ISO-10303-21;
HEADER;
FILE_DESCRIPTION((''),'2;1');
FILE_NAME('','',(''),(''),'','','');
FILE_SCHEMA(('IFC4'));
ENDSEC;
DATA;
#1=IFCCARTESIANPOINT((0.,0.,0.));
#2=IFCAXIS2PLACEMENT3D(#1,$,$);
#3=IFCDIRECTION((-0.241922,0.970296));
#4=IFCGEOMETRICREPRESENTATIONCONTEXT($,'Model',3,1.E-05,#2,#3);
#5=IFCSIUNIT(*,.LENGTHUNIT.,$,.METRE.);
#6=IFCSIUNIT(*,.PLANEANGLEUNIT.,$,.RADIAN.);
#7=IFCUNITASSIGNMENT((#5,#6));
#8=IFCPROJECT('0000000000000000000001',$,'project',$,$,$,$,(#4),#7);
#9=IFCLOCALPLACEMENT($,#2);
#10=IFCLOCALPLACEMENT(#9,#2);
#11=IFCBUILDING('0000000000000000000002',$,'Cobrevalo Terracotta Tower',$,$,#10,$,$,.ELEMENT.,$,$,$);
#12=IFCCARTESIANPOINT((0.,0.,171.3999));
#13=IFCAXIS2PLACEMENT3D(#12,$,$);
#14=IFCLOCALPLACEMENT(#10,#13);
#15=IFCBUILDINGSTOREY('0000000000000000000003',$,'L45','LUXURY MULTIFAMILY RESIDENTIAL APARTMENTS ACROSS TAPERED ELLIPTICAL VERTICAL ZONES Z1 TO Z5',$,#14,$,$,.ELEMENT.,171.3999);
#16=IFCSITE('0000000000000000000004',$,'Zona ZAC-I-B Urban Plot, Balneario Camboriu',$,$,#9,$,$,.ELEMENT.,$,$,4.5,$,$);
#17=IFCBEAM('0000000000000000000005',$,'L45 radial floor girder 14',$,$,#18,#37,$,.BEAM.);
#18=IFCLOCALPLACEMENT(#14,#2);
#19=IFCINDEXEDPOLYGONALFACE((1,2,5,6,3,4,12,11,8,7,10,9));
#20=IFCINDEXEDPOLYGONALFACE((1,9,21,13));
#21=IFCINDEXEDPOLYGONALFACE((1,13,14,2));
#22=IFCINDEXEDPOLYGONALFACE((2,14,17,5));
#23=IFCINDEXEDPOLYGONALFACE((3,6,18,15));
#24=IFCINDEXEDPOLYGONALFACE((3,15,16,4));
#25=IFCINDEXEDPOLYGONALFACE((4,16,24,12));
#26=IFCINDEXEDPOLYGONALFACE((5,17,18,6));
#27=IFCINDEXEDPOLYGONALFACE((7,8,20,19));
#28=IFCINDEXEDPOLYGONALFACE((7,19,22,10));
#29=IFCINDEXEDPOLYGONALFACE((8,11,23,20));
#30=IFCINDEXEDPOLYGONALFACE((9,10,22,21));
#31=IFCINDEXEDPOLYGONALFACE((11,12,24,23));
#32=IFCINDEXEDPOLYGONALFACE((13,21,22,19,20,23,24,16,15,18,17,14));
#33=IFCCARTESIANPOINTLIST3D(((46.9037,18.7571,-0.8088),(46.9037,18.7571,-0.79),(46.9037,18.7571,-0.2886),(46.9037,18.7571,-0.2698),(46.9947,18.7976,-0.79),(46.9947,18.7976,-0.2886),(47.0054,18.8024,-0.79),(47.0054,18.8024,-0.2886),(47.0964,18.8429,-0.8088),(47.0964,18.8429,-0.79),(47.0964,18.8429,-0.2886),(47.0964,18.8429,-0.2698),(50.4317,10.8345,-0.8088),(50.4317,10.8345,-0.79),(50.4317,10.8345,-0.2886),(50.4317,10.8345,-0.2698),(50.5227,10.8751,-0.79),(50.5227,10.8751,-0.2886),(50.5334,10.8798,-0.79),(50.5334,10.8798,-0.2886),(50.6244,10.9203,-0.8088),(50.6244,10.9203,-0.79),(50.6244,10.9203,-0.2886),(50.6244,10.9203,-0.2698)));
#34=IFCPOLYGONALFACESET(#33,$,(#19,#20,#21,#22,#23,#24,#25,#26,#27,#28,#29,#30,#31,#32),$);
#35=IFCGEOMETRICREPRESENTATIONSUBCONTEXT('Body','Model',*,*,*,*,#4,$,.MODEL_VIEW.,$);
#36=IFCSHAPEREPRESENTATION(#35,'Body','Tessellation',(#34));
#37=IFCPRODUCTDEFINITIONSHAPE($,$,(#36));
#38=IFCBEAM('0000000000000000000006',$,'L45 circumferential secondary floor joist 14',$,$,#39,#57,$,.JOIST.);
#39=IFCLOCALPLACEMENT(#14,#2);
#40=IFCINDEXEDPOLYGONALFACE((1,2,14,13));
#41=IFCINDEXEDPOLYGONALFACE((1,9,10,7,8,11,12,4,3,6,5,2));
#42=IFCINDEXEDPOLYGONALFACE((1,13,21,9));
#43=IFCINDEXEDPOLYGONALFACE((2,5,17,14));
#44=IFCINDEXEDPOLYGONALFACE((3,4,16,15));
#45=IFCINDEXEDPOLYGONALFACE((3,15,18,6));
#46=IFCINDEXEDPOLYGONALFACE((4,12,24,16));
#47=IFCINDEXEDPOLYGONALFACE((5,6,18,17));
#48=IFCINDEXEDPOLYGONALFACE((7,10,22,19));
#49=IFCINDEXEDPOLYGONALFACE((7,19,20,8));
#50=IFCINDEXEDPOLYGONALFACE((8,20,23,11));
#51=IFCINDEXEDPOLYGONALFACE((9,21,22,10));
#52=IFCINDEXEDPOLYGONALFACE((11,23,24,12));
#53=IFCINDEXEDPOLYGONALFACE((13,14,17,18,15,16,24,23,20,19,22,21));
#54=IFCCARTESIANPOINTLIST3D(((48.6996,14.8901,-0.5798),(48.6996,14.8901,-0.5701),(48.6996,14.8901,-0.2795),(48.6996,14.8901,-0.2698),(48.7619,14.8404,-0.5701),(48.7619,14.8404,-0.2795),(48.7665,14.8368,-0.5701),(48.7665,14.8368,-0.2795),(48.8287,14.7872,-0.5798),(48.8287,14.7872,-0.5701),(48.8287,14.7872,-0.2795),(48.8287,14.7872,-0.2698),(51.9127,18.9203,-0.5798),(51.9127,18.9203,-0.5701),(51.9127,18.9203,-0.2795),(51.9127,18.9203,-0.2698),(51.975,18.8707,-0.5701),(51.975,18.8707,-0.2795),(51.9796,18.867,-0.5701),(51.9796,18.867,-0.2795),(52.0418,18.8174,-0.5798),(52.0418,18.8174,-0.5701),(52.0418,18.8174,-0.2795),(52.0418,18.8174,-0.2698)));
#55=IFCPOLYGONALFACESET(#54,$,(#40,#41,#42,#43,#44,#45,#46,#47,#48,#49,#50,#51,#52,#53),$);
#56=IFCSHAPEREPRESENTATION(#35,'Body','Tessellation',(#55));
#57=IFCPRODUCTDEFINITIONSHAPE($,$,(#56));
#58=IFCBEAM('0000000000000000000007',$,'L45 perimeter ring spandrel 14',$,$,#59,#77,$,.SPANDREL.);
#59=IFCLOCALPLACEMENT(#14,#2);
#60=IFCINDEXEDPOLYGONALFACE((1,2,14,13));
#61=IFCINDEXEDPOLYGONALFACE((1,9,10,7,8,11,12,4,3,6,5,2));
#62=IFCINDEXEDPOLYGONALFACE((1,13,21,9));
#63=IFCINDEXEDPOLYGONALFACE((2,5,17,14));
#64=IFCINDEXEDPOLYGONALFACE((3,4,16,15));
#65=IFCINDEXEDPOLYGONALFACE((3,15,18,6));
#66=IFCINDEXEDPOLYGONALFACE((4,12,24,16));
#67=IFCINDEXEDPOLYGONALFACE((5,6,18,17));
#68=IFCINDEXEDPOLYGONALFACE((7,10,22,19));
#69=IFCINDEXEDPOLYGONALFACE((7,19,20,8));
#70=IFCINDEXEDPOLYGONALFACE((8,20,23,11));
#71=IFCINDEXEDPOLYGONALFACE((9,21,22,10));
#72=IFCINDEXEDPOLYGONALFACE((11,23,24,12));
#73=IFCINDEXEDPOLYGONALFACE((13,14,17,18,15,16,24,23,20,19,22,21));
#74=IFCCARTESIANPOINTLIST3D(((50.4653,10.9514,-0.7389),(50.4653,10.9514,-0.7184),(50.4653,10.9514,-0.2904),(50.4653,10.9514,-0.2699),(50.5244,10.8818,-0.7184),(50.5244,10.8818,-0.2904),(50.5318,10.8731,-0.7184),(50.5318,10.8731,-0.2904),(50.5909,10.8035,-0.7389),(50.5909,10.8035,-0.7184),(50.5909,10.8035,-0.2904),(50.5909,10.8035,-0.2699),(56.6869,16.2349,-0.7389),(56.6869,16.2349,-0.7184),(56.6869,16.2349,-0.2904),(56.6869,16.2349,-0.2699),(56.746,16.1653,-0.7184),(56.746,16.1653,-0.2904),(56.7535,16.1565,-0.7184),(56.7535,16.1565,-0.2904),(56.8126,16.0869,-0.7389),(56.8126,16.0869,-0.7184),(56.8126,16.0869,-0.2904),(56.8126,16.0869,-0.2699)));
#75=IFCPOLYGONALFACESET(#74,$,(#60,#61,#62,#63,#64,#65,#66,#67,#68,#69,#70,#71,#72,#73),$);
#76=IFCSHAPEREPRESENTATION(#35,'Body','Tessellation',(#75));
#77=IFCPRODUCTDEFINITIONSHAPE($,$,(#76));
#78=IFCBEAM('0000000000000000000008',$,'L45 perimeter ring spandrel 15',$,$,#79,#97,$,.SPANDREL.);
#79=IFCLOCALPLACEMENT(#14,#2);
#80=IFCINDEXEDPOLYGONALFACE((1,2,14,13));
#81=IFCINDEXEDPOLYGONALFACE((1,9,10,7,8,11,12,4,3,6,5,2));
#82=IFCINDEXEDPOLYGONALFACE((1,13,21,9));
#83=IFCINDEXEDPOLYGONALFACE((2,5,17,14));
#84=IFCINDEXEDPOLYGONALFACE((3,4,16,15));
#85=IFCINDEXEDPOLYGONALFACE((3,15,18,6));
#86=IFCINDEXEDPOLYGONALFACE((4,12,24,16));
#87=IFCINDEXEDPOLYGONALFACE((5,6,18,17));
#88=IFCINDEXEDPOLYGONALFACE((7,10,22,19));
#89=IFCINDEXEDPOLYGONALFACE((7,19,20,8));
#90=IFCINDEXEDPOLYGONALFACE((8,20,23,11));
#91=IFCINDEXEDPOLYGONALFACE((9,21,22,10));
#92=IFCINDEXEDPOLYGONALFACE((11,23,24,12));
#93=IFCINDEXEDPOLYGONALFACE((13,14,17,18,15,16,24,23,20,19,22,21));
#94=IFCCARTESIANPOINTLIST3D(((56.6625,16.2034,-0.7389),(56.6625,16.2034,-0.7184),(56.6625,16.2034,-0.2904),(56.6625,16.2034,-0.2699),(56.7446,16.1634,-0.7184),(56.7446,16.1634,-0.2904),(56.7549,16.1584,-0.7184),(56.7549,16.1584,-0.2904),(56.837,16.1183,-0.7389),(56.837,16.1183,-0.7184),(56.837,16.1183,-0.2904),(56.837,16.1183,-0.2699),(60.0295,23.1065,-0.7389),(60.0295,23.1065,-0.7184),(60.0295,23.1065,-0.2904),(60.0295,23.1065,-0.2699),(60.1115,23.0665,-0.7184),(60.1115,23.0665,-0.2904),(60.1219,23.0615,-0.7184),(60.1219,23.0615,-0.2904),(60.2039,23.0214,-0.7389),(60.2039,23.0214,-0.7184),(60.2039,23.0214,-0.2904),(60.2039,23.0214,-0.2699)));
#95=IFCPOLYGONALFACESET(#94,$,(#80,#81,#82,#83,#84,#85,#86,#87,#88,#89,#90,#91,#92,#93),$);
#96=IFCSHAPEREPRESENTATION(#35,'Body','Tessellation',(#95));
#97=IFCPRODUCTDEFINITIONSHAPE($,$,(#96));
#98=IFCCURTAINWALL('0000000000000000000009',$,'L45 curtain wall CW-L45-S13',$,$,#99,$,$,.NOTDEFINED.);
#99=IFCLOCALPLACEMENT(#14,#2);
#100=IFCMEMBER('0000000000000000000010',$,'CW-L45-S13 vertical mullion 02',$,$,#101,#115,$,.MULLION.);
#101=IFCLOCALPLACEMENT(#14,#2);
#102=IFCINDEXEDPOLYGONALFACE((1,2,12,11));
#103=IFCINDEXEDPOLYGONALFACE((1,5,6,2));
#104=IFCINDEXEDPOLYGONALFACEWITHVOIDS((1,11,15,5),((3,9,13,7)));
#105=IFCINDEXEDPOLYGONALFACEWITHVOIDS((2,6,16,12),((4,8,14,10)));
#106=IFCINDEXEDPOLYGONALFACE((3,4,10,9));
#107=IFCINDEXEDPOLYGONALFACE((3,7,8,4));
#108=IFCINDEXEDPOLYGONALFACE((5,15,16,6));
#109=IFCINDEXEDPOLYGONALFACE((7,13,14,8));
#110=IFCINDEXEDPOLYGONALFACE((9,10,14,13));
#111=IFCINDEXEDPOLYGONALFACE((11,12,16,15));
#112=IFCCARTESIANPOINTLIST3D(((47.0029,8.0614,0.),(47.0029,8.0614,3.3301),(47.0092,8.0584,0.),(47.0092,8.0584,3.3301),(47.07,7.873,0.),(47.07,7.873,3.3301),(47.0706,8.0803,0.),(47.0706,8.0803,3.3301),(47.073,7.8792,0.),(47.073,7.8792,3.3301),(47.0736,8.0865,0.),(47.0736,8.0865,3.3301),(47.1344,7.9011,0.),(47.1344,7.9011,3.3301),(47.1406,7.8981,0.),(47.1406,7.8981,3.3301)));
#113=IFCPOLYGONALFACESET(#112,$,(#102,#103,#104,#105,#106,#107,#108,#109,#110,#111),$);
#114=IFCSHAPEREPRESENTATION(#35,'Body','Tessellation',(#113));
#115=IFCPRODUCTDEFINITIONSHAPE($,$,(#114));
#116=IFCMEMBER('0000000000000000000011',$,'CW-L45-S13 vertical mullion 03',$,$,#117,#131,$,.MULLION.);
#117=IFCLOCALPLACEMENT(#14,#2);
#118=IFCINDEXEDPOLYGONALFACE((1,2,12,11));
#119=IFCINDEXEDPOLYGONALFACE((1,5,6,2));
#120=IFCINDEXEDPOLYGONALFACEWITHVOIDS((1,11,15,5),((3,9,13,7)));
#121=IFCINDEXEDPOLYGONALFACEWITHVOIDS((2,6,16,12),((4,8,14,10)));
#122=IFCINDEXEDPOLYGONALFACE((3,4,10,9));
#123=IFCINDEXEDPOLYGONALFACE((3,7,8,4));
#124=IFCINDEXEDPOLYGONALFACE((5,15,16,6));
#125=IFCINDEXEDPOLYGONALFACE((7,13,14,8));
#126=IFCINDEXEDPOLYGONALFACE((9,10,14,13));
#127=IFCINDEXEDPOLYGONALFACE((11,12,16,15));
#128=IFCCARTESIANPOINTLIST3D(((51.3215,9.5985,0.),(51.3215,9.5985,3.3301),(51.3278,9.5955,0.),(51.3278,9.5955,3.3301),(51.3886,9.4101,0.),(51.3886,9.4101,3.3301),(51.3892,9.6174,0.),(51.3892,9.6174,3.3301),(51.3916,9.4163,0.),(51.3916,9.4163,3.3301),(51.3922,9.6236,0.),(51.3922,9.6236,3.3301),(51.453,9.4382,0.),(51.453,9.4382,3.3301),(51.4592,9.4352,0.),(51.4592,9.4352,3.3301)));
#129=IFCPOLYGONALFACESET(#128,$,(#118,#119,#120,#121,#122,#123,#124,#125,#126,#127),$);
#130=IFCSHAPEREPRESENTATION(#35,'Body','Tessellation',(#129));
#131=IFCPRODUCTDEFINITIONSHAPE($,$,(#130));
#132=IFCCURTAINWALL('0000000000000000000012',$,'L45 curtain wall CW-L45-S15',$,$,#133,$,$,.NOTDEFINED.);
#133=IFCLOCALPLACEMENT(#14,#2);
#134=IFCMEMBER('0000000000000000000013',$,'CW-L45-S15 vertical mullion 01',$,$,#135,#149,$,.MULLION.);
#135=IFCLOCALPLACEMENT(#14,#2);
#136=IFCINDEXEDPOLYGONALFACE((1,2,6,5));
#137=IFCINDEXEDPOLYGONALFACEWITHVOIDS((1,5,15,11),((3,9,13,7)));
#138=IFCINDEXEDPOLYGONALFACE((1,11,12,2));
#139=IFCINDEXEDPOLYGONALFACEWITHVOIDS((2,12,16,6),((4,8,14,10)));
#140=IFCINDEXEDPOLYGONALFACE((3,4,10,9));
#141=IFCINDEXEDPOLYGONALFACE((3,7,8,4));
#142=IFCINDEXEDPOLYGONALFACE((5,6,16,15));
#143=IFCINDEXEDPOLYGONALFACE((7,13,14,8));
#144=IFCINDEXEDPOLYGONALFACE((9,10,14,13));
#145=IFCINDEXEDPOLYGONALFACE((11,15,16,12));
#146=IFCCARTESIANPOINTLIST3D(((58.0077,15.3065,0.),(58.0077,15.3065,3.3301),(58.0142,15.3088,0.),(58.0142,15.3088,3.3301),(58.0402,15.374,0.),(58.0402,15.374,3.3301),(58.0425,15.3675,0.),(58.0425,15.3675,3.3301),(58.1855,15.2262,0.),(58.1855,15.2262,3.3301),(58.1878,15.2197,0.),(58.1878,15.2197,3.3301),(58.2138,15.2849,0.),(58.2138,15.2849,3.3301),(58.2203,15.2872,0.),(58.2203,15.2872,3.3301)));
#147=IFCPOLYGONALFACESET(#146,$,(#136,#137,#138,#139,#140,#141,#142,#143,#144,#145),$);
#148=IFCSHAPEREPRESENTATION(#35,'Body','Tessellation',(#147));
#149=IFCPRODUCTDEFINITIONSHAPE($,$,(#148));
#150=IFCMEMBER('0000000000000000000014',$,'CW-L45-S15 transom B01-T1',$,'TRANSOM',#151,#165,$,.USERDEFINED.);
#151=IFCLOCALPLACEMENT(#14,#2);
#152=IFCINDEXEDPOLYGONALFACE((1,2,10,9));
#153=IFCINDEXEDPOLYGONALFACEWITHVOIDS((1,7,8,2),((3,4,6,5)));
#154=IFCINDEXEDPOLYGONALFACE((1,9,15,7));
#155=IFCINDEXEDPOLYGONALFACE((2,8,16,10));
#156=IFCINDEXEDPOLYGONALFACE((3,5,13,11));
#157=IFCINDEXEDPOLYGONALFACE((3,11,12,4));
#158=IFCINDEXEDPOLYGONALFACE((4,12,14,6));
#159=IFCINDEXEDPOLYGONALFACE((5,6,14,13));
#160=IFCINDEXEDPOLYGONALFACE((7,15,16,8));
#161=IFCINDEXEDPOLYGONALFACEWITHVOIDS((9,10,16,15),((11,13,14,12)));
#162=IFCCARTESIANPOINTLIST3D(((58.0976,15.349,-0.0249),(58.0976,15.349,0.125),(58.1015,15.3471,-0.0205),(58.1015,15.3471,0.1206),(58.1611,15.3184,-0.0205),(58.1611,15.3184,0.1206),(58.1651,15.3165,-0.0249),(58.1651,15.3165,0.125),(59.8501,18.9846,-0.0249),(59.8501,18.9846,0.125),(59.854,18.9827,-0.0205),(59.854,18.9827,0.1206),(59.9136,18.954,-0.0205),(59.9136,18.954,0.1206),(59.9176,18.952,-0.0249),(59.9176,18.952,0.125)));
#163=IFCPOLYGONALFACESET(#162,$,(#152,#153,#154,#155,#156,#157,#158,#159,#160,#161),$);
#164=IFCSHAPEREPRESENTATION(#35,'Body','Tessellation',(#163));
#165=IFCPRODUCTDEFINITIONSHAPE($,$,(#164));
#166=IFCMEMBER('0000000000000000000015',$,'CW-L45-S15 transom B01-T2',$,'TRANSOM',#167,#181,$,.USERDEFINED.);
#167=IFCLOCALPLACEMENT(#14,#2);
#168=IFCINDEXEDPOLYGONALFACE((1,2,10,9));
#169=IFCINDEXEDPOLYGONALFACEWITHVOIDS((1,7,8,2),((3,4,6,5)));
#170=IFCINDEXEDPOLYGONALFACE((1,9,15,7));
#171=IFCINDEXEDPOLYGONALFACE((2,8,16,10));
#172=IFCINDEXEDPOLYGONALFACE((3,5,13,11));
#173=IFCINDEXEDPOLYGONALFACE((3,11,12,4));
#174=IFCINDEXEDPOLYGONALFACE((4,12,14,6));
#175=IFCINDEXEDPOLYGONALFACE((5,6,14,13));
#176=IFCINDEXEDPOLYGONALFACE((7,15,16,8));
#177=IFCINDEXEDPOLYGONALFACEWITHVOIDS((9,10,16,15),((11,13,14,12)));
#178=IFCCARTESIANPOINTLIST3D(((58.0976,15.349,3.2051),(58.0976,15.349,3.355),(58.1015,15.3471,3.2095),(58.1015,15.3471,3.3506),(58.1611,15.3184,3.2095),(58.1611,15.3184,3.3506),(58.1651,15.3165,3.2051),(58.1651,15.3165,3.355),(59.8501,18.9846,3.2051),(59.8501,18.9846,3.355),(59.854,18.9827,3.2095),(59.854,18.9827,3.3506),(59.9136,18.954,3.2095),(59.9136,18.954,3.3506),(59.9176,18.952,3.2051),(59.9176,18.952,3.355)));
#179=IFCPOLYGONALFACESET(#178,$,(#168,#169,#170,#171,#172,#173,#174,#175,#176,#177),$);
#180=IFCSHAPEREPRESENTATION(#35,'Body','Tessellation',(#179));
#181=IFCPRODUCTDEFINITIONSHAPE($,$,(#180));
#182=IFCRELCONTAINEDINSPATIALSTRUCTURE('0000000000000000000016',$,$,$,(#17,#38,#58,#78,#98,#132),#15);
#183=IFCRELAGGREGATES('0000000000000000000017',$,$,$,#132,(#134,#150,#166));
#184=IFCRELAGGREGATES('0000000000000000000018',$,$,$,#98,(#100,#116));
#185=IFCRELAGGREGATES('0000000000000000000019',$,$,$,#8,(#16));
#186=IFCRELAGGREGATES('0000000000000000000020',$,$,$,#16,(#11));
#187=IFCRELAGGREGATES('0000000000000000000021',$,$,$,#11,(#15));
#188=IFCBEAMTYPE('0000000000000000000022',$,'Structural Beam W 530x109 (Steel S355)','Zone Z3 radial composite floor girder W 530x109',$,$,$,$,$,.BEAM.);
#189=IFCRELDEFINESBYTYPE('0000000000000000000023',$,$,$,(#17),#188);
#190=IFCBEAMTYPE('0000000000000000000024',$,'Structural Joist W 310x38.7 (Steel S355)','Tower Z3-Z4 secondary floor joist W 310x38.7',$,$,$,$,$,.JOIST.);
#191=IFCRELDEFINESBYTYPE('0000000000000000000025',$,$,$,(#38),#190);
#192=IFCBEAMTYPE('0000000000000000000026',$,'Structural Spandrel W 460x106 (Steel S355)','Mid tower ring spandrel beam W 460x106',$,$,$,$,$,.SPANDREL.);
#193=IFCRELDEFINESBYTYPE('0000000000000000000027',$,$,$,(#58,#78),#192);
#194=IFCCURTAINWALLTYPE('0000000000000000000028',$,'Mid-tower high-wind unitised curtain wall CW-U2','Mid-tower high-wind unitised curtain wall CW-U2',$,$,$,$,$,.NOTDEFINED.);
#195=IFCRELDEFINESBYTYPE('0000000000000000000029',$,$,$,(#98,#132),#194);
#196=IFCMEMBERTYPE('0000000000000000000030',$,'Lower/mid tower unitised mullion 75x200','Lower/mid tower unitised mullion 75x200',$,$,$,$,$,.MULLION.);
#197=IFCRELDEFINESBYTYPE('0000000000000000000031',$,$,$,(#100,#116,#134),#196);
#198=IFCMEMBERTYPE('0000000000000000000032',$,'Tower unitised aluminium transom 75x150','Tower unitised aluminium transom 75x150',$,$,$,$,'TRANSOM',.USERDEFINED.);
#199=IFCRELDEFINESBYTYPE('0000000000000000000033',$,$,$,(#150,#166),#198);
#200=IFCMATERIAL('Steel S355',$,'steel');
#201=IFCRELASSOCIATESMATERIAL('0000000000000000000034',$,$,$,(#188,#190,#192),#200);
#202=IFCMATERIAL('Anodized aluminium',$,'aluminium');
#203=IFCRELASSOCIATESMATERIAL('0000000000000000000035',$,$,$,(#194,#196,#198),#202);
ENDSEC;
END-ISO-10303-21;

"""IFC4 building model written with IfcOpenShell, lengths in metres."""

from ifc_helpers import new_model, si_unit, direction, frame, origin, origin_2d, place, context, subcontext, project, spatial, hollow_rectangle, i_section, extrude, source, transform, mapped, material, material_profile, profile_set, type_object, element, aggregate, save


model = new_model("IFC4")

# Units and contexts
model_context = context("Model", 3, precision=1e-05, world=origin(), true_north=direction((-0.241922, 0.970296)))
body_context = subcontext(model_context, "Body", "Model", "MODEL_VIEW")
ifc_project = project(units=[si_unit("LENGTHUNIT", "METRE"), si_unit("PLANEANGLEUNIT", "RADIAN")], contexts=[model_context])

# Site, building, storey
site_placement = place(None, origin())
site = spatial("IfcSite", under=ifc_project, at=site_placement, Name="Zona ZAC-I-B Urban Plot, Balneario Camboriu", CompositionType="ELEMENT", RefElevation=4.5)
building_placement = place(site_placement, origin())
building = spatial("IfcBuilding", under=site, at=building_placement, Name="Cobrevalo Terracotta Tower", CompositionType="ELEMENT")
storey_placement = place(building_placement, frame((0.0, 0.0, 171.3999)))
storey = spatial("IfcBuildingStorey", under=building, at=storey_placement, Name="L45", Description="LUXURY MULTIFAMILY RESIDENTIAL APARTMENTS ACROSS TAPERED ELLIPTICAL VERTICAL ZONES Z1 TO Z5", CompositionType="ELEMENT", Elevation=171.3999)

# Shared definitions
ifc_material_1 = material(Name="Steel S355", Category="steel")

# Beams
ifc_material_profile_1 = material_profile(ifc_material_1, i_section(OverallWidth=0.2109, OverallDepth=0.5391, WebThickness=0.0117, FlangeThickness=0.0188, at=origin_2d()), Name="W 530x109")
ifc_profile_set_1 = profile_set([ifc_material_profile_1], Name="Steel S355")
beam_type_1 = type_object("IfcBeamType", Name="Structural Beam W 530x109 (Steel S355)", Description="Zone Z3 radial composite floor girder W 530x109", PredefinedType="BEAM", material=ifc_profile_set_1)
beam_1_placement = place(storey_placement, frame((50.5281, 10.8774, -0.5393), z_axis=(-0.406804, 0.913515, 0.0), x_axis=(-0.913515, -0.406804, 0.0)))
element("IfcBeam", 1, at=beam_1_placement, inside=storey, type_object=beam_type_1, Name="L45 radial floor girder 14", PredefinedType="BEAM", context=body_context, shape_type="SweptSolid", body=[
    extrude(i_section(OverallWidth=0.2109, OverallDepth=0.5391, WebThickness=0.0117, FlangeThickness=0.0188, at=origin_2d()), origin(), (0.0, 0.0, 1.0), 8.6726),
])
ifc_material_profile_2 = material_profile(ifc_material_1, i_section(OverallWidth=0.165, OverallDepth=0.3101, WebThickness=0.0059, FlangeThickness=0.0098, at=origin_2d()), Name="W 310x38.7")
ifc_profile_set_2 = profile_set([ifc_material_profile_2], Name="Steel S355")
beam_type_2 = type_object("IfcBeamType", Name="Structural Joist W 310x38.7 (Steel S355)", Description="Tower Z3-Z4 secondary floor joist W 310x38.7", PredefinedType="JOIST", material=ifc_profile_set_2)
beam_2_placement = place(storey_placement, frame((48.7642, 14.8386, -0.4248), z_axis=(0.623383, 0.781917, 0.0), x_axis=(-0.781917, 0.623383, 0.0)))
element("IfcBeam", 2, at=beam_2_placement, inside=storey, type_object=beam_type_2, Name="L45 circumferential secondary floor joist 14", PredefinedType="JOIST", context=body_context, shape_type="SweptSolid", body=[
    extrude(i_section(OverallWidth=0.165, OverallDepth=0.3101, WebThickness=0.0059, FlangeThickness=0.0098, at=origin_2d()), origin(), (0.0, 0.0, 1.0), 5.1543),
])
ifc_material_profile_3 = material_profile(ifc_material_1, i_section(OverallWidth=0.1941, OverallDepth=0.469, WebThickness=0.0115, FlangeThickness=0.0205, at=origin_2d()), Name="W 460x106")
ifc_profile_set_3 = profile_set([ifc_material_profile_3], Name="Steel S355")
beam_type_3 = type_object("IfcBeamType", Name="Structural Spandrel W 460x106 (Steel S355)", Description="Mid tower ring spandrel beam W 460x106", PredefinedType="SPANDREL", material=ifc_profile_set_3)
beam_3_placement = place(storey_placement, frame((50.5281, 10.8774, -0.5044), z_axis=(0.76224, 0.647294, 0.0), x_axis=(-0.647294, 0.76224, 0.0)))
element("IfcBeam", 3, at=beam_3_placement, inside=storey, type_object=beam_type_3, Name="L45 perimeter ring spandrel 14", PredefinedType="SPANDREL", context=body_context, shape_type="SweptSolid", body=[
    extrude(i_section(OverallWidth=0.1941, OverallDepth=0.469, WebThickness=0.0115, FlangeThickness=0.0205, at=origin_2d()), origin(), (0.0, 0.0, 1.0), 8.1624),
])
beam_4_placement = place(storey_placement, frame((56.7498, 16.1609, -0.5044), z_axis=(0.43838, 0.89879, 0.0), x_axis=(-0.89879, 0.43838, 0.0)))
element("IfcBeam", 4, at=beam_4_placement, inside=storey, type_object=beam_type_3, Name="L45 perimeter ring spandrel 15", PredefinedType="SPANDREL", context=body_context, shape_type="SweptSolid", body=[
    extrude(i_section(OverallWidth=0.1941, OverallDepth=0.469, WebThickness=0.0115, FlangeThickness=0.0205, at=origin_2d()), origin(), (0.0, 0.0, 1.0), 7.6804),
])

# Curtain walls, members
ifc_material_2 = material(Name="Anodized aluminium", Category="aluminium")
curtain_wall_type = type_object("IfcCurtainWallType", Name="Mid-tower high-wind unitised curtain wall CW-U2", Description="Mid-tower high-wind unitised curtain wall CW-U2", PredefinedType="NOTDEFINED", material=ifc_material_2)
curtain_wall_1_placement = place(storey_placement, origin())
curtain_wall_1 = element("IfcCurtainWall", 5, at=curtain_wall_1_placement, inside=storey, type_object=curtain_wall_type, Name="L45 curtain wall CW-L45-S13", PredefinedType="NOTDEFINED")
ifc_material_profile_4 = material_profile(ifc_material_2, hollow_rectangle(XDim=0.075, YDim=0.2, WallThickness=0.0049, at=origin_2d()), Name="CWM 75x200")
ifc_profile_set_4 = profile_set([ifc_material_profile_4], Name="Anodized aluminium")
member_type_1 = type_object("IfcMemberType", Name="Lower/mid tower unitised mullion 75x200", Description="Lower/mid tower unitised mullion 75x200", PredefinedType="MULLION", material=ifc_profile_set_4)
shared_shape_1 = source(origin(), body_context, "Body", "SweptSolid", [
    extrude(hollow_rectangle(XDim=0.075, YDim=0.2, WallThickness=0.0049, at=origin_2d()), origin(), (0.0, 0.0, 1.0), 3.3301),
])
member_1_placement = place(storey_placement, frame((47.0718, 7.9797, 0.0), z_axis=(0.0, 0.0, 1.0), x_axis=(0.942098, 0.335336, 0.0)))
member_1 = element("IfcMember", 6, at=member_1_placement, type_object=member_type_1, Name="CW-L45-S13 vertical mullion 02", PredefinedType="MULLION", context=body_context, shape_type="MappedRepresentation", body=[
    mapped(shared_shape_1, transform((0.0, 0.0, 0.0), scale=1.0)),
])
member_2_placement = place(storey_placement, frame((51.3904, 9.5168, 0.0), z_axis=(0.0, 0.0, 1.0), x_axis=(0.942098, 0.335336, 0.0)))
member_2 = element("IfcMember", 7, at=member_2_placement, type_object=member_type_1, Name="CW-L45-S13 vertical mullion 03", PredefinedType="MULLION", context=body_context, shape_type="MappedRepresentation", body=[
    mapped(shared_shape_1, transform((0.0, 0.0, 0.0), scale=1.0)),
])
curtain_wall_2_placement = place(storey_placement, origin())
curtain_wall_2 = element("IfcCurtainWall", 8, at=curtain_wall_2_placement, inside=storey, type_object=curtain_wall_type, Name="L45 curtain wall CW-L45-S15", PredefinedType="NOTDEFINED")
member_3_placement = place(storey_placement, frame((58.114, 15.2969, 0.0), z_axis=(0.0, 0.0, 1.0), x_axis=(0.434209, 0.900812, 0.0)))
member_3 = element("IfcMember", 9, at=member_3_placement, type_object=member_type_1, Name="CW-L45-S15 vertical mullion 01", PredefinedType="MULLION", context=body_context, shape_type="MappedRepresentation", body=[
    mapped(shared_shape_1, transform((0.0, 0.0, 0.0), scale=1.0)),
])
ifc_material_profile_5 = material_profile(ifc_material_2, hollow_rectangle(XDim=0.075, YDim=0.1499, WallThickness=0.0044, at=origin_2d()), Name="CWT 75x150")
ifc_profile_set_5 = profile_set([ifc_material_profile_5], Name="Anodized aluminium")
member_type_2 = type_object("IfcMemberType", Name="Tower unitised aluminium transom 75x150", Description="Tower unitised aluminium transom 75x150", ElementType="TRANSOM", PredefinedType="USERDEFINED", material=ifc_profile_set_5)
shared_shape_2 = source(origin(), body_context, "Body", "SweptSolid", [
    extrude(hollow_rectangle(XDim=0.075, YDim=0.1499, WallThickness=0.0044, at=origin_2d()), origin(), (0.0, 0.0, 1.0), 4.0359),
])
member_4_placement = place(storey_placement, frame((58.1313, 15.3328, 0.05), z_axis=(0.434221, 0.900806, 0.0), x_axis=(-0.900806, 0.434221, 0.0)))
member_4 = element("IfcMember", 10, at=member_4_placement, type_object=member_type_2, Name="CW-L45-S15 transom B01-T1", ObjectType="TRANSOM", PredefinedType="USERDEFINED", context=body_context, shape_type="MappedRepresentation", body=[
    mapped(shared_shape_2, transform((0.0, 0.0, 0.0), scale=1.0)),
])
member_5_placement = place(storey_placement, frame((58.1313, 15.3328, 3.28), z_axis=(0.434221, 0.900806, 0.0), x_axis=(-0.900806, 0.434221, 0.0)))
member_5 = element("IfcMember", 11, at=member_5_placement, type_object=member_type_2, Name="CW-L45-S15 transom B01-T2", ObjectType="TRANSOM", PredefinedType="USERDEFINED", context=body_context, shape_type="MappedRepresentation", body=[
    mapped(shared_shape_2, transform((0.0, 0.0, 0.0), scale=1.0)),
])
aggregate(curtain_wall_2, [member_3, member_4, member_5])

aggregate(curtain_wall_1, [member_1, member_2])

save(model, "model.ifc")
